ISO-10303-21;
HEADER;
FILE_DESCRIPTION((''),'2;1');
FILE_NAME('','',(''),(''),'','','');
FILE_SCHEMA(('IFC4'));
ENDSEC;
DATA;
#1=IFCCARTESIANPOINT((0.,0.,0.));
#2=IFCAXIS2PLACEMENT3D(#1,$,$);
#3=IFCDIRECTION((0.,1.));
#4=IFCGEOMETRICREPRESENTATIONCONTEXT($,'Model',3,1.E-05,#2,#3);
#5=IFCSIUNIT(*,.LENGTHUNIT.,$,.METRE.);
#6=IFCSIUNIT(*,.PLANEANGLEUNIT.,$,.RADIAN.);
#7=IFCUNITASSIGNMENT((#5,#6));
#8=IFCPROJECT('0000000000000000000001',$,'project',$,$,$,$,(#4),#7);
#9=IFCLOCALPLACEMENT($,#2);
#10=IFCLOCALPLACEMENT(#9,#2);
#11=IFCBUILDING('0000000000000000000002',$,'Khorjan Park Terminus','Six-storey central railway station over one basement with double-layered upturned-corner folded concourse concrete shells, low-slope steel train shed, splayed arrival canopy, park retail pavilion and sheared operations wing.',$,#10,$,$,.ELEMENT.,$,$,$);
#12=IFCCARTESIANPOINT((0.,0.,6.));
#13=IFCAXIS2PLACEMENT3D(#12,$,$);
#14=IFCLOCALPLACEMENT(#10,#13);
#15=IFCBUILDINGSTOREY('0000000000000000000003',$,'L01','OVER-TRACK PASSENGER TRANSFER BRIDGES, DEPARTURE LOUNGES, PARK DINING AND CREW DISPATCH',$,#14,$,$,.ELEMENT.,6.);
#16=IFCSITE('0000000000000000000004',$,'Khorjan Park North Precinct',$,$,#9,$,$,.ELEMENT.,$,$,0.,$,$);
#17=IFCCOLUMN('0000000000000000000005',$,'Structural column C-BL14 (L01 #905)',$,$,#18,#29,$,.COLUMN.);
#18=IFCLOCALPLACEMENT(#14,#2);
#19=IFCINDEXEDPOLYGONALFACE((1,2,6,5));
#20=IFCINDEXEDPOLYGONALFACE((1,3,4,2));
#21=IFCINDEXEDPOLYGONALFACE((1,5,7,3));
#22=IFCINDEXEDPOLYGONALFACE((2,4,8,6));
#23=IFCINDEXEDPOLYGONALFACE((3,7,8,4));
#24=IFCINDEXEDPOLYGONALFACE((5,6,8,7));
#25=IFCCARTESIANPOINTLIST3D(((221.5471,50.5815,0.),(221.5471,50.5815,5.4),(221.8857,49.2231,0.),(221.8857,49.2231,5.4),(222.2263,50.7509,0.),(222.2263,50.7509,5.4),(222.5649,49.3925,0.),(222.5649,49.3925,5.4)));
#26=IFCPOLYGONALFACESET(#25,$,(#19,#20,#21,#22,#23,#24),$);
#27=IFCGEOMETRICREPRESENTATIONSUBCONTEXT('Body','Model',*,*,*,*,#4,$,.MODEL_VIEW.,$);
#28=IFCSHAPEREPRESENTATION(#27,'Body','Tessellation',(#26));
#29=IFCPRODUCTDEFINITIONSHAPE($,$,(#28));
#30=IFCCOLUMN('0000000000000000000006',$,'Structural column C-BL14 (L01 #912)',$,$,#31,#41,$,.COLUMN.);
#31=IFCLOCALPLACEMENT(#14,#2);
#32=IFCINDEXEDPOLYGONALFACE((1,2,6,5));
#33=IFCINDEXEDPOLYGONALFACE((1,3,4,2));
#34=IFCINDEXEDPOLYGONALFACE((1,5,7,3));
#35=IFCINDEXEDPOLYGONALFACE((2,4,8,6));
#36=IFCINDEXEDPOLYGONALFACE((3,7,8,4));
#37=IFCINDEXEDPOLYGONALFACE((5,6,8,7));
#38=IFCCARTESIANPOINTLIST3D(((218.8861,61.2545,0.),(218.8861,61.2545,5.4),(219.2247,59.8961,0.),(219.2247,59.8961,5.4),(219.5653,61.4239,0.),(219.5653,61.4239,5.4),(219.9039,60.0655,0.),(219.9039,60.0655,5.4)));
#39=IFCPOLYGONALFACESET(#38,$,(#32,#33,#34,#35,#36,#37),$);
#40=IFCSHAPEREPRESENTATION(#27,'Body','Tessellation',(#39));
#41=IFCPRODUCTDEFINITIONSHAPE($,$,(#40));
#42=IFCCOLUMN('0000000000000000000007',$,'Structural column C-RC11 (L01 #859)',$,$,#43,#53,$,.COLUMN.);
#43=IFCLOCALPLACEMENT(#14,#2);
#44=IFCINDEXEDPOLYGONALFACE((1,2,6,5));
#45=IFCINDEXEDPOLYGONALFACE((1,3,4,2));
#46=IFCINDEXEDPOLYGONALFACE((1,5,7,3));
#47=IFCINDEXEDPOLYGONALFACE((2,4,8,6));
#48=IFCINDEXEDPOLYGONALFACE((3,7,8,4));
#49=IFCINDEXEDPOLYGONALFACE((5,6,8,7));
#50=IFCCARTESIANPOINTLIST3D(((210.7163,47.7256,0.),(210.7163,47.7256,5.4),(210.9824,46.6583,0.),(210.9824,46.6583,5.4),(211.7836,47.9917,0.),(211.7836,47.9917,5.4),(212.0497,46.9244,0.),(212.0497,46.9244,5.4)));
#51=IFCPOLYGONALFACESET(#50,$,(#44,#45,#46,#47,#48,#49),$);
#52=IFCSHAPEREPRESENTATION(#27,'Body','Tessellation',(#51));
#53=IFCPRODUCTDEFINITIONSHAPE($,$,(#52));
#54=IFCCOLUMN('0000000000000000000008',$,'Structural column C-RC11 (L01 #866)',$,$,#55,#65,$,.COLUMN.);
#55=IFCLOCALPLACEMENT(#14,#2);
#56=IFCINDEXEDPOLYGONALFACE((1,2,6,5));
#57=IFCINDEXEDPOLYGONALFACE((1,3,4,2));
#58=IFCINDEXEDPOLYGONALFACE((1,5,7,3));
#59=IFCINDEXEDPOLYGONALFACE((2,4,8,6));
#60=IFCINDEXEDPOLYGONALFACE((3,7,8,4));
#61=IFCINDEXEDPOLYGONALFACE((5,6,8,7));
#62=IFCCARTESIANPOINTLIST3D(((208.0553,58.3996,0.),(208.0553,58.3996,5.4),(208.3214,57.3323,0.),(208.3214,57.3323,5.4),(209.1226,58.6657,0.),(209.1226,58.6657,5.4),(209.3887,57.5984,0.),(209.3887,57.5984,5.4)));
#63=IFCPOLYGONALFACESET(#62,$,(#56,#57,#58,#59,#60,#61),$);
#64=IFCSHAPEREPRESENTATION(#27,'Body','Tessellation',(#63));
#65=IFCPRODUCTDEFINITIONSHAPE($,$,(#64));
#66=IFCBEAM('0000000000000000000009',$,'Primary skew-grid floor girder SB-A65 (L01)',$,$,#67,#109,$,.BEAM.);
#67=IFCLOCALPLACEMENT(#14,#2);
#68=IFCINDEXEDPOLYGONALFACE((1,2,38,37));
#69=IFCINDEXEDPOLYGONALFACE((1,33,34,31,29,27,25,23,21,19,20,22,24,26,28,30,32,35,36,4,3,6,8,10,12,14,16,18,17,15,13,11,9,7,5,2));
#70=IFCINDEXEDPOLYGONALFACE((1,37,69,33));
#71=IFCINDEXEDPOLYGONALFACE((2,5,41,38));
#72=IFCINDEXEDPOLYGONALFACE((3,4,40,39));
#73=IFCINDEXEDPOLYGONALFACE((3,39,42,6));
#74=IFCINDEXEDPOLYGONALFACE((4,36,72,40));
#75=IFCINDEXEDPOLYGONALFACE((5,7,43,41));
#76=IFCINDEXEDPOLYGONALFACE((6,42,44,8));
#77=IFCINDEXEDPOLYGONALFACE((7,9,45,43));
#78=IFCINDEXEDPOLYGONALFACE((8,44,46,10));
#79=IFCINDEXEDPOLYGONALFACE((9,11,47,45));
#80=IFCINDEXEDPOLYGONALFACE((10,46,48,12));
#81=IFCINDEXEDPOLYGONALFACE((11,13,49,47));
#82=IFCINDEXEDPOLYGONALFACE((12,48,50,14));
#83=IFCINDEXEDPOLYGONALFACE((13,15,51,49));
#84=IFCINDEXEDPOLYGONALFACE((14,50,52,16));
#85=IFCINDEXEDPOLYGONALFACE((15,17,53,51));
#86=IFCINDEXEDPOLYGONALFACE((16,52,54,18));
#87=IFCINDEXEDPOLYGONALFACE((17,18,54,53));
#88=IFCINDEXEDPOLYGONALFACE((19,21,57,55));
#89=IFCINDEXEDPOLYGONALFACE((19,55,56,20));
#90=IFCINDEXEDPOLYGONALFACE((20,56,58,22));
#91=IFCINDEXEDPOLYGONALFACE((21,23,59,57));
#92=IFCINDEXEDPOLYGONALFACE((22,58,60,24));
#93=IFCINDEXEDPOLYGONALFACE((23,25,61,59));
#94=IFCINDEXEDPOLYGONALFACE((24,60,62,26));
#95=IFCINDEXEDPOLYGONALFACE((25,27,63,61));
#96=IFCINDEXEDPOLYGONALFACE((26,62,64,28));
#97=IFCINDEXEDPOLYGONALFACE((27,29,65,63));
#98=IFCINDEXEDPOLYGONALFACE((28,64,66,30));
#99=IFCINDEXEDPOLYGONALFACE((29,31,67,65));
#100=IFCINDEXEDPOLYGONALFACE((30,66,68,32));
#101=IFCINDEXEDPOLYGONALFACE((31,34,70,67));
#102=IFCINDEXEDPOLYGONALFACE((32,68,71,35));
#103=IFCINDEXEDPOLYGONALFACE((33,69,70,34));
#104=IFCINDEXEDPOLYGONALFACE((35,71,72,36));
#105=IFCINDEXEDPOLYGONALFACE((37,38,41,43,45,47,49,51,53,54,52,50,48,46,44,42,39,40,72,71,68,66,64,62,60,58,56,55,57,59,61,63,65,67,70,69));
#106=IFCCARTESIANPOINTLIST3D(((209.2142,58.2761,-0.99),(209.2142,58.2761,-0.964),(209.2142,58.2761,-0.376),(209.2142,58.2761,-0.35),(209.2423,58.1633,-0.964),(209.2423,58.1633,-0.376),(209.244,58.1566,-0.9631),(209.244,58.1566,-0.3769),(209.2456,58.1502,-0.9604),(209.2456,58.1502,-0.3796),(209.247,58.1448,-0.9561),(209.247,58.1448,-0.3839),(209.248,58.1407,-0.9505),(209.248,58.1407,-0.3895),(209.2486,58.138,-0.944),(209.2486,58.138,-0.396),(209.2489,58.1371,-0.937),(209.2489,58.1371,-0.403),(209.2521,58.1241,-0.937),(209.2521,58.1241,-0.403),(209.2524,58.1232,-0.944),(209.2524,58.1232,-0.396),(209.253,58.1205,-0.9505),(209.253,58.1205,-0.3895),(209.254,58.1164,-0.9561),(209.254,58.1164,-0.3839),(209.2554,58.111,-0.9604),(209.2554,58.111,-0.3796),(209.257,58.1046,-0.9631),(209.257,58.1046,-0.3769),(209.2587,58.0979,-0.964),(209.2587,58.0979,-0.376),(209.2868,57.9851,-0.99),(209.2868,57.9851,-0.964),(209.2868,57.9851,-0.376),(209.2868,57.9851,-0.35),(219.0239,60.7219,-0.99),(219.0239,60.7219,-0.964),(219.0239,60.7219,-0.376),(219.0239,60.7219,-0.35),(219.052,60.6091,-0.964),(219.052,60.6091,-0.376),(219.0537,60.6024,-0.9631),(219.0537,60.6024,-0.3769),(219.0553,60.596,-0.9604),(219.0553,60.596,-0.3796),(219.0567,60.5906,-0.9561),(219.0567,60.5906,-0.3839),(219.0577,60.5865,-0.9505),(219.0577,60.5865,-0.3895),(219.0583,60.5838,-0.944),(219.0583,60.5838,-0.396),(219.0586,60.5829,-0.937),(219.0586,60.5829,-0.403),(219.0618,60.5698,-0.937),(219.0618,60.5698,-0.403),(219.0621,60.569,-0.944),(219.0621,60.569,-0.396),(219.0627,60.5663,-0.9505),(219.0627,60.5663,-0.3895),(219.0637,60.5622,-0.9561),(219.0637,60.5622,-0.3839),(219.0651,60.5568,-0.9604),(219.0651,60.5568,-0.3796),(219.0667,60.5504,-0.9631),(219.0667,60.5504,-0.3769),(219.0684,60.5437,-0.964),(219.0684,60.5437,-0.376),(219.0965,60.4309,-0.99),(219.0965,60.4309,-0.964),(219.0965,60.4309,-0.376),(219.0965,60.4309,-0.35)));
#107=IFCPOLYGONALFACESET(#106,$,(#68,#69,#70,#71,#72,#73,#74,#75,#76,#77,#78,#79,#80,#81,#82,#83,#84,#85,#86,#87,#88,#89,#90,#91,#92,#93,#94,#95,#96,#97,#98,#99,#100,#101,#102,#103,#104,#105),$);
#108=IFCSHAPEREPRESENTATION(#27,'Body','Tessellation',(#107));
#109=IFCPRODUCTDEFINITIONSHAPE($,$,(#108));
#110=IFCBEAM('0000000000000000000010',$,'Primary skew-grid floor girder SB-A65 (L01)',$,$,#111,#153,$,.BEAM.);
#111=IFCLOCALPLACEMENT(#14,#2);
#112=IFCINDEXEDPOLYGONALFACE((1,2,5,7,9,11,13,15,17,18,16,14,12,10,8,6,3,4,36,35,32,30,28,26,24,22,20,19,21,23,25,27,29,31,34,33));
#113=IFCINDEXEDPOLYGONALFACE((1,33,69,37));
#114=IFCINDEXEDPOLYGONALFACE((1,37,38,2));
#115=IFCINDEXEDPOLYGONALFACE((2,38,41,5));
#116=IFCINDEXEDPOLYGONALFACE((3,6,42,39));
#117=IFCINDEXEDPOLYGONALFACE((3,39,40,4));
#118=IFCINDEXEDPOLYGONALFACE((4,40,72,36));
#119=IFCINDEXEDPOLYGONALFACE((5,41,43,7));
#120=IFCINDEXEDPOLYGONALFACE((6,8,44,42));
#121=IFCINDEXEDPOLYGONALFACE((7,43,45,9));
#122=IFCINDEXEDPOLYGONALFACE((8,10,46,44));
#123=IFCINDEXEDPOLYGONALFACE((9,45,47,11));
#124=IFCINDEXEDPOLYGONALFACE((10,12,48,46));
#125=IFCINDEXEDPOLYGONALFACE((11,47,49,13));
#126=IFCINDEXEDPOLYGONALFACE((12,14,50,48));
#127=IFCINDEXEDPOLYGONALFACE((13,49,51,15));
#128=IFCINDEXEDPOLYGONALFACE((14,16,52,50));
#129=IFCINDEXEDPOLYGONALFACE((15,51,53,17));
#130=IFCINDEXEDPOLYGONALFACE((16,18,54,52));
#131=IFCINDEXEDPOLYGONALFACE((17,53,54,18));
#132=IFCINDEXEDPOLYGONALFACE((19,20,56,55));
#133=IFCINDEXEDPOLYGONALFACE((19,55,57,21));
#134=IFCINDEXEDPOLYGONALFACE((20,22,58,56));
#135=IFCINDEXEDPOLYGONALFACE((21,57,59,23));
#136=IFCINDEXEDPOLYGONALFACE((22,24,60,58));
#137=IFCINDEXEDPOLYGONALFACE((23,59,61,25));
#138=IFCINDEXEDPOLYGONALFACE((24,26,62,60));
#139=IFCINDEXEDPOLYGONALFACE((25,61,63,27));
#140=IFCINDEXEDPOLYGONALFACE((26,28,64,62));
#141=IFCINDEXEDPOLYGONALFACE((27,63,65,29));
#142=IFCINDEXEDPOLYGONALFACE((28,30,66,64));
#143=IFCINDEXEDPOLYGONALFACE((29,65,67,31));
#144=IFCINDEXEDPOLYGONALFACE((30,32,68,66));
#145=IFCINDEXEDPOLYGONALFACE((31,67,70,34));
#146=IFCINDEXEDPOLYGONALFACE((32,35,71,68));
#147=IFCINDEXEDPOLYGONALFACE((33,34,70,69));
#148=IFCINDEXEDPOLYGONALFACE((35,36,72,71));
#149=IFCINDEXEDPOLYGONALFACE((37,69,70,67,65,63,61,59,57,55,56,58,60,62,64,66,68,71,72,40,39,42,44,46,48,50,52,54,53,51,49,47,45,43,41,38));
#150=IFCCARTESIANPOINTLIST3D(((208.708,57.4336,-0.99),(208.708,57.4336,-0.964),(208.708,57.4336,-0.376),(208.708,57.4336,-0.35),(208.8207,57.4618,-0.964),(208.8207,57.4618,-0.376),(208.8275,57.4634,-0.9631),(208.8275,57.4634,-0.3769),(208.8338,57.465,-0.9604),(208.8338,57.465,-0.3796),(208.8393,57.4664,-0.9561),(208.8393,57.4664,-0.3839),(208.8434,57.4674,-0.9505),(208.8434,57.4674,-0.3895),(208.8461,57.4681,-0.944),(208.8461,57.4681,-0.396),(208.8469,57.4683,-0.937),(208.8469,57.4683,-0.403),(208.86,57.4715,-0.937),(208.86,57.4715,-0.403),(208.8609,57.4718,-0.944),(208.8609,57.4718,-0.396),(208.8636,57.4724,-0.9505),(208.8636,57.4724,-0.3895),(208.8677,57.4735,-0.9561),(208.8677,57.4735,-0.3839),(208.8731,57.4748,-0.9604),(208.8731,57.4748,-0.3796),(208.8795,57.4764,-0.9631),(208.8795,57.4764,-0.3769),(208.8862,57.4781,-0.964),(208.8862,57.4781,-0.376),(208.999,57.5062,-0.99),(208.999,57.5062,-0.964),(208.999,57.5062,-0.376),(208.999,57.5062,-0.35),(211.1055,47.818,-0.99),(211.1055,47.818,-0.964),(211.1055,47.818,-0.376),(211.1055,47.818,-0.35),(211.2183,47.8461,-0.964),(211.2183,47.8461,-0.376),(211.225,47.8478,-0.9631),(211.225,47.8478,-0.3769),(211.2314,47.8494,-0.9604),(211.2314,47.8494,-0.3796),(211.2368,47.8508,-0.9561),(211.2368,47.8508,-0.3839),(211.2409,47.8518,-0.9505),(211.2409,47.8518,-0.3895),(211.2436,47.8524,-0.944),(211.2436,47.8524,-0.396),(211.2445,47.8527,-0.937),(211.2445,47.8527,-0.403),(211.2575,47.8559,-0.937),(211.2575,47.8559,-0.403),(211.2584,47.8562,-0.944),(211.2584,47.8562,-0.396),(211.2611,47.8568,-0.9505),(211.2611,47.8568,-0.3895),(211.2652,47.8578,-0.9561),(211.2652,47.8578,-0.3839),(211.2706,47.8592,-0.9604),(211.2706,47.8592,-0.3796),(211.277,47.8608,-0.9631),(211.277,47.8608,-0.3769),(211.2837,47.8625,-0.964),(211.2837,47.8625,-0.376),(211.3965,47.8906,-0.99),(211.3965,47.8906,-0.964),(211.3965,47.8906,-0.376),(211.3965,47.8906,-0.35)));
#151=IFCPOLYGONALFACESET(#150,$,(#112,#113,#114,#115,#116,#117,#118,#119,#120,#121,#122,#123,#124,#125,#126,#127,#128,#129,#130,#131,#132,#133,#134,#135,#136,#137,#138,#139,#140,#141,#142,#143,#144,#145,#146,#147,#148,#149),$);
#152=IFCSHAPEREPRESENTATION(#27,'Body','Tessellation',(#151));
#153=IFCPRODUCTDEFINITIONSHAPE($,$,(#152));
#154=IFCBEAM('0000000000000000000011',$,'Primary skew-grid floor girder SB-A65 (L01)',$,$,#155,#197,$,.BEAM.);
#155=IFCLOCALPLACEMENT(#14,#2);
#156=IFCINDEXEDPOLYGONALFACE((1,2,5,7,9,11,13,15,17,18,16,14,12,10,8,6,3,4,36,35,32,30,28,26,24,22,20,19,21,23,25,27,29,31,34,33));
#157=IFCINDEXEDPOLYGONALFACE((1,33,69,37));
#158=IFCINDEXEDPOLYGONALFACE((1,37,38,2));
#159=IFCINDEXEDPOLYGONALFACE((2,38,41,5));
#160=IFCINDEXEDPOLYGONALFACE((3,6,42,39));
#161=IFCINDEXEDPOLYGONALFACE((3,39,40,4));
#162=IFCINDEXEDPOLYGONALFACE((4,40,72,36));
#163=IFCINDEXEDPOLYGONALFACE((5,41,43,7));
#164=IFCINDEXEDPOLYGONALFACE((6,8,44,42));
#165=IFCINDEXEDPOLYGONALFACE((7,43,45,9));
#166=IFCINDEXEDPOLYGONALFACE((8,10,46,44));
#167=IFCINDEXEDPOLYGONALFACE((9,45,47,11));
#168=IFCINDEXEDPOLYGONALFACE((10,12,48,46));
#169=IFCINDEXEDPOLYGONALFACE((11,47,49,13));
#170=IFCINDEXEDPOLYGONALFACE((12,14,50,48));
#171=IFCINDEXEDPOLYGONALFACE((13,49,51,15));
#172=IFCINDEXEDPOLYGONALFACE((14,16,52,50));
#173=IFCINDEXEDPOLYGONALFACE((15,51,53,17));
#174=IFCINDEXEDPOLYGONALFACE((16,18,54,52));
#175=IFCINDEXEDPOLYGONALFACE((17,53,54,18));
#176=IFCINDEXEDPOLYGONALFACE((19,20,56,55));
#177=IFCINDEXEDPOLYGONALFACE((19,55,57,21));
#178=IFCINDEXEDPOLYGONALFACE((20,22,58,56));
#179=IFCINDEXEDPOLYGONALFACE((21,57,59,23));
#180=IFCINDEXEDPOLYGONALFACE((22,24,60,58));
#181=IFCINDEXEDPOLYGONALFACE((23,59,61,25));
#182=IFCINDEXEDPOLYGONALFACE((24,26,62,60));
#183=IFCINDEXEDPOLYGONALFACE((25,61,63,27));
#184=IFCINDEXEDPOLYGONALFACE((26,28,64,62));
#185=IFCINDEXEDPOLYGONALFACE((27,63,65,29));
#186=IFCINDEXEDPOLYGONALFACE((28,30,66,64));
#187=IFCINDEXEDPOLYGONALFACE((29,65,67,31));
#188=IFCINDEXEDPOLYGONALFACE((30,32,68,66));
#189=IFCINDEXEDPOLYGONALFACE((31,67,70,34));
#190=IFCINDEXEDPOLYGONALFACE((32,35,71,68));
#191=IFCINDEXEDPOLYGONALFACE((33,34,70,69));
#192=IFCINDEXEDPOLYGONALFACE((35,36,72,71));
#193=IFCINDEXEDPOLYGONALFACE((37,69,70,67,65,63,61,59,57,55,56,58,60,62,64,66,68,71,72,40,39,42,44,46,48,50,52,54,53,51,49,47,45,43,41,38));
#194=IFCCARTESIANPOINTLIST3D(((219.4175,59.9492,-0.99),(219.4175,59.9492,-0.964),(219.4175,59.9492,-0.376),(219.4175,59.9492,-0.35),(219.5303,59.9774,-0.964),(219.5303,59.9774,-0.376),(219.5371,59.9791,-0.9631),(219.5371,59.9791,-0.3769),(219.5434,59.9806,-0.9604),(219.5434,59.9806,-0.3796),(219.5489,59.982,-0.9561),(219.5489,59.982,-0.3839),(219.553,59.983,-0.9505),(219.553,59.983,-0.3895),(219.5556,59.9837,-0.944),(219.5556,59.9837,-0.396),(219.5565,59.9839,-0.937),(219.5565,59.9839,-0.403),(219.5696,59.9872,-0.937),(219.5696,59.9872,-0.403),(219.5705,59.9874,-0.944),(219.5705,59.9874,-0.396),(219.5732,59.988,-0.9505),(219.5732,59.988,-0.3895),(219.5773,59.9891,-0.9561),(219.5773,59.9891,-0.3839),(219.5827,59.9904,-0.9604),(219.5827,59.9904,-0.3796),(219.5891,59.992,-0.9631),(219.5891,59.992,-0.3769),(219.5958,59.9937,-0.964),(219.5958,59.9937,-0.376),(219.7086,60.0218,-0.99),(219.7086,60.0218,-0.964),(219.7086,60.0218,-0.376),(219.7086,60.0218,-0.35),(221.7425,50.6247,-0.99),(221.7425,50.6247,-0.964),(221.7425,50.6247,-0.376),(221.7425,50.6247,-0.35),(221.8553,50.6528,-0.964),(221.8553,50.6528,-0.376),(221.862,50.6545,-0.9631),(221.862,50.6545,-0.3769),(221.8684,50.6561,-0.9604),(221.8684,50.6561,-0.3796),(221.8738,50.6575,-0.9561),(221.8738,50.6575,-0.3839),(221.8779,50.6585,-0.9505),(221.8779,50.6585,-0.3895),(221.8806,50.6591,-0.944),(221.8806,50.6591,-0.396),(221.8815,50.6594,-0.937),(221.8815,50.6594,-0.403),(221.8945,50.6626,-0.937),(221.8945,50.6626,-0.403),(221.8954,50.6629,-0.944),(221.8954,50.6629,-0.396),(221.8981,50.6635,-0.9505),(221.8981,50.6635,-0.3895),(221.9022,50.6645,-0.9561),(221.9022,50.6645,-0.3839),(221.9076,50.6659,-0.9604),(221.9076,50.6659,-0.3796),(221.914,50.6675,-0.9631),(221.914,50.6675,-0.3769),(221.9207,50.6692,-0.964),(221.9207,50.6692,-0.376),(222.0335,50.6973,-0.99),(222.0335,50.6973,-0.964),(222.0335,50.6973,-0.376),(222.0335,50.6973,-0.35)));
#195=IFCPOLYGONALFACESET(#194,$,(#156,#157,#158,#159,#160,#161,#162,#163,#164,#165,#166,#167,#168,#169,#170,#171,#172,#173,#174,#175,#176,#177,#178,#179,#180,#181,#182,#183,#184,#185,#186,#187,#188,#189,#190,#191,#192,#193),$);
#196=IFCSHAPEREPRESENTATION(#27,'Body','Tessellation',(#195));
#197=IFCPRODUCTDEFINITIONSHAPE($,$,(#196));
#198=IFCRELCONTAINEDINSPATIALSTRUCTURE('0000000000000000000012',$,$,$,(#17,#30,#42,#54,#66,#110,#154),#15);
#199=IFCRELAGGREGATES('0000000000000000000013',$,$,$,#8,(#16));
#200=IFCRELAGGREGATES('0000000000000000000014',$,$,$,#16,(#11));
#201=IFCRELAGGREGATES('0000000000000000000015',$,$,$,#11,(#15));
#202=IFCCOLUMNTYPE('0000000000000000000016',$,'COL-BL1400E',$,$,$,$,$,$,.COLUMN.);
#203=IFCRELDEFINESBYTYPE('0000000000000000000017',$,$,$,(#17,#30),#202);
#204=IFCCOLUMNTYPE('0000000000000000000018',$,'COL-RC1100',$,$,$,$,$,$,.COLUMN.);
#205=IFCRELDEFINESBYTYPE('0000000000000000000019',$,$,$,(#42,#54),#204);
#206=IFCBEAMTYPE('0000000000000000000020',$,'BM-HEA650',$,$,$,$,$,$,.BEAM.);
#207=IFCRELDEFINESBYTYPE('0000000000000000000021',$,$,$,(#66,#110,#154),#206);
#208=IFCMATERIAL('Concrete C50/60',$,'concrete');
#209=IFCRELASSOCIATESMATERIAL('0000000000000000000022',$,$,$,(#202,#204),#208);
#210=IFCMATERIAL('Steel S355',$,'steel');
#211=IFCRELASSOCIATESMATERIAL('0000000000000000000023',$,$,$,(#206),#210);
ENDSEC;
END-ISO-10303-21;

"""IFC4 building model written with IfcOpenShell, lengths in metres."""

from ifc_helpers import new_model, si_unit, direction, frame, origin, origin_2d, place, context, subcontext, project, spatial, rectangle, i_section, extrude, material, material_profile, profile_set, type_object, element, save


model = new_model("IFC4")

# Units and contexts
model_context = context("Model", 3, precision=1e-05, world=origin(), true_north=direction((0.0, 1.0)))
body_context = subcontext(model_context, "Body", "Model", "MODEL_VIEW")
ifc_project = project(units=[si_unit("LENGTHUNIT", "METRE"), si_unit("PLANEANGLEUNIT", "RADIAN")], contexts=[model_context])

# Site, building, storey
site_placement = place(None, origin())
site = spatial("IfcSite", under=ifc_project, at=site_placement, Name="Khorjan Park North Precinct", CompositionType="ELEMENT", RefElevation=0.0)
building_placement = place(site_placement, origin())
building = spatial("IfcBuilding", under=site, at=building_placement, Name="Khorjan Park Terminus", Description="Six-storey central railway station over one basement with double-layered upturned-corner folded concourse concrete shells, low-slope steel train shed, splayed arrival canopy, park retail pavilion and sheared operations wing.", CompositionType="ELEMENT")
storey_placement = place(building_placement, frame((0.0, 0.0, 6.0)))
storey = spatial("IfcBuildingStorey", under=building, at=storey_placement, Name="L01", Description="OVER-TRACK PASSENGER TRANSFER BRIDGES, DEPARTURE LOUNGES, PARK DINING AND CREW DISPATCH", CompositionType="ELEMENT", Elevation=6.0)

# Columns
ifc_material_1 = material(Name="Concrete C50/60", Category="concrete")
ifc_material_profile_1 = material_profile(ifc_material_1, rectangle(XDim=0.7, YDim=1.4, at=origin_2d()), Name="RC 700x1400")
ifc_profile_set_1 = profile_set([ifc_material_profile_1], Name="Concrete C50/60")
column_type_1 = type_object("IfcColumnType", Name="COL-BL1400E", PredefinedType="COLUMN", material=ifc_profile_set_1)
for number, where, z_axis, x_axis, name in (
    (1, (222.056, 49.987, 0.0), (0.0, 0.0, 1.0), (0.970296, 0.241922, 0.0), "Structural column C-BL14 (L01 #905)"),
    (2, (219.395, 60.66, 0.0), (0.0, 0.0, 1.0), (0.970296, 0.241922, 0.0), "Structural column C-BL14 (L01 #912)"),
):
    element("IfcColumn", number, at=place(storey_placement, frame(where, z_axis=z_axis, x_axis=x_axis)), inside=storey, type_object=column_type_1, Name=name, PredefinedType="COLUMN", context=body_context, shape_type="SweptSolid", body=[
        extrude(rectangle(XDim=0.7, YDim=1.4, at=origin_2d()), origin(), (0.0, 0.0, 1.0), 5.4),
    ])
ifc_material_profile_2 = material_profile(ifc_material_1, rectangle(XDim=1.1, YDim=1.1, at=origin_2d()), Name="RC 1100x1100")
ifc_profile_set_2 = profile_set([ifc_material_profile_2], Name="Concrete C50/60")
column_type_2 = type_object("IfcColumnType", Name="COL-RC1100", PredefinedType="COLUMN", material=ifc_profile_set_2)
for number, where, z_axis, x_axis, name in (
    (3, (211.383, 47.325, 0.0), (0.0, 0.0, 1.0), (0.970296, 0.241922, 0.0), "Structural column C-RC11 (L01 #859)"),
    (4, (208.722, 57.999, 0.0), (0.0, 0.0, 1.0), (0.970296, 0.241922, 0.0), "Structural column C-RC11 (L01 #866)"),
):
    element("IfcColumn", number, at=place(storey_placement, frame(where, z_axis=z_axis, x_axis=x_axis)), inside=storey, type_object=column_type_2, Name=name, PredefinedType="COLUMN", context=body_context, shape_type="SweptSolid", body=[
        extrude(rectangle(XDim=1.1, YDim=1.1, at=origin_2d()), origin(), (0.0, 0.0, 1.0), 5.4),
    ])

# Beams
ifc_material_2 = material(Name="Steel S355", Category="steel")
ifc_material_profile_3 = material_profile(ifc_material_2, i_section(OverallWidth=0.3, OverallDepth=0.64, WebThickness=0.0135, FlangeThickness=0.026, FilletRadius=0.027, at=origin_2d()), Name="HEA 650")
ifc_profile_set_3 = profile_set([ifc_material_profile_3], Name="Steel S355")
beam_type_1 = type_object("IfcBeamType", Name="BM-HEA650", PredefinedType="BEAM", material=ifc_profile_set_3)
beam_1_placement = place(storey_placement, frame((209.2505, 58.1306, -0.67), z_axis=(0.970296, 0.241919, 0.0), x_axis=(-0.241919, 0.970296, 0.0)))
element("IfcBeam", 5, at=beam_1_placement, inside=storey, type_object=beam_type_1, Name="Primary skew-grid floor girder SB-A65 (L01)", PredefinedType="BEAM", context=body_context, shape_type="SweptSolid", body=[
    extrude(i_section(OverallWidth=0.3, OverallDepth=0.64, WebThickness=0.0135, FlangeThickness=0.026, FilletRadius=0.027, at=origin_2d()), origin(), (0.0, 0.0, 1.0), 10.11),
])
beam_2_placement = place(storey_placement, frame((211.251, 47.8543, -0.67), z_axis=(-0.241928, 0.970294, 0.0), x_axis=(-0.970294, -0.241928, 0.0)))
element("IfcBeam", 6, at=beam_2_placement, inside=storey, type_object=beam_type_1, Name="Primary skew-grid floor girder SB-A65 (L01)", PredefinedType="BEAM", context=body_context, shape_type="SweptSolid", body=[
    extrude(i_section(OverallWidth=0.3, OverallDepth=0.64, WebThickness=0.0135, FlangeThickness=0.026, FilletRadius=0.027, at=origin_2d()), origin(), (0.0, 0.0, 1.0), 9.91),
])
beam_3_placement = place(storey_placement, frame((221.888, 50.661, -0.67), z_axis=(-0.241926, 0.970295, 0.0), x_axis=(-0.970295, -0.241926, 0.0)))
element("IfcBeam", 7, at=beam_3_placement, inside=storey, type_object=beam_type_1, Name="Primary skew-grid floor girder SB-A65 (L01)", PredefinedType="BEAM", context=body_context, shape_type="SweptSolid", body=[
    extrude(i_section(OverallWidth=0.3, OverallDepth=0.64, WebThickness=0.0135, FlangeThickness=0.026, FilletRadius=0.027, at=origin_2d()), origin(), (0.0, 0.0, 1.0), 9.61),
])

save(model, "model.ifc")
